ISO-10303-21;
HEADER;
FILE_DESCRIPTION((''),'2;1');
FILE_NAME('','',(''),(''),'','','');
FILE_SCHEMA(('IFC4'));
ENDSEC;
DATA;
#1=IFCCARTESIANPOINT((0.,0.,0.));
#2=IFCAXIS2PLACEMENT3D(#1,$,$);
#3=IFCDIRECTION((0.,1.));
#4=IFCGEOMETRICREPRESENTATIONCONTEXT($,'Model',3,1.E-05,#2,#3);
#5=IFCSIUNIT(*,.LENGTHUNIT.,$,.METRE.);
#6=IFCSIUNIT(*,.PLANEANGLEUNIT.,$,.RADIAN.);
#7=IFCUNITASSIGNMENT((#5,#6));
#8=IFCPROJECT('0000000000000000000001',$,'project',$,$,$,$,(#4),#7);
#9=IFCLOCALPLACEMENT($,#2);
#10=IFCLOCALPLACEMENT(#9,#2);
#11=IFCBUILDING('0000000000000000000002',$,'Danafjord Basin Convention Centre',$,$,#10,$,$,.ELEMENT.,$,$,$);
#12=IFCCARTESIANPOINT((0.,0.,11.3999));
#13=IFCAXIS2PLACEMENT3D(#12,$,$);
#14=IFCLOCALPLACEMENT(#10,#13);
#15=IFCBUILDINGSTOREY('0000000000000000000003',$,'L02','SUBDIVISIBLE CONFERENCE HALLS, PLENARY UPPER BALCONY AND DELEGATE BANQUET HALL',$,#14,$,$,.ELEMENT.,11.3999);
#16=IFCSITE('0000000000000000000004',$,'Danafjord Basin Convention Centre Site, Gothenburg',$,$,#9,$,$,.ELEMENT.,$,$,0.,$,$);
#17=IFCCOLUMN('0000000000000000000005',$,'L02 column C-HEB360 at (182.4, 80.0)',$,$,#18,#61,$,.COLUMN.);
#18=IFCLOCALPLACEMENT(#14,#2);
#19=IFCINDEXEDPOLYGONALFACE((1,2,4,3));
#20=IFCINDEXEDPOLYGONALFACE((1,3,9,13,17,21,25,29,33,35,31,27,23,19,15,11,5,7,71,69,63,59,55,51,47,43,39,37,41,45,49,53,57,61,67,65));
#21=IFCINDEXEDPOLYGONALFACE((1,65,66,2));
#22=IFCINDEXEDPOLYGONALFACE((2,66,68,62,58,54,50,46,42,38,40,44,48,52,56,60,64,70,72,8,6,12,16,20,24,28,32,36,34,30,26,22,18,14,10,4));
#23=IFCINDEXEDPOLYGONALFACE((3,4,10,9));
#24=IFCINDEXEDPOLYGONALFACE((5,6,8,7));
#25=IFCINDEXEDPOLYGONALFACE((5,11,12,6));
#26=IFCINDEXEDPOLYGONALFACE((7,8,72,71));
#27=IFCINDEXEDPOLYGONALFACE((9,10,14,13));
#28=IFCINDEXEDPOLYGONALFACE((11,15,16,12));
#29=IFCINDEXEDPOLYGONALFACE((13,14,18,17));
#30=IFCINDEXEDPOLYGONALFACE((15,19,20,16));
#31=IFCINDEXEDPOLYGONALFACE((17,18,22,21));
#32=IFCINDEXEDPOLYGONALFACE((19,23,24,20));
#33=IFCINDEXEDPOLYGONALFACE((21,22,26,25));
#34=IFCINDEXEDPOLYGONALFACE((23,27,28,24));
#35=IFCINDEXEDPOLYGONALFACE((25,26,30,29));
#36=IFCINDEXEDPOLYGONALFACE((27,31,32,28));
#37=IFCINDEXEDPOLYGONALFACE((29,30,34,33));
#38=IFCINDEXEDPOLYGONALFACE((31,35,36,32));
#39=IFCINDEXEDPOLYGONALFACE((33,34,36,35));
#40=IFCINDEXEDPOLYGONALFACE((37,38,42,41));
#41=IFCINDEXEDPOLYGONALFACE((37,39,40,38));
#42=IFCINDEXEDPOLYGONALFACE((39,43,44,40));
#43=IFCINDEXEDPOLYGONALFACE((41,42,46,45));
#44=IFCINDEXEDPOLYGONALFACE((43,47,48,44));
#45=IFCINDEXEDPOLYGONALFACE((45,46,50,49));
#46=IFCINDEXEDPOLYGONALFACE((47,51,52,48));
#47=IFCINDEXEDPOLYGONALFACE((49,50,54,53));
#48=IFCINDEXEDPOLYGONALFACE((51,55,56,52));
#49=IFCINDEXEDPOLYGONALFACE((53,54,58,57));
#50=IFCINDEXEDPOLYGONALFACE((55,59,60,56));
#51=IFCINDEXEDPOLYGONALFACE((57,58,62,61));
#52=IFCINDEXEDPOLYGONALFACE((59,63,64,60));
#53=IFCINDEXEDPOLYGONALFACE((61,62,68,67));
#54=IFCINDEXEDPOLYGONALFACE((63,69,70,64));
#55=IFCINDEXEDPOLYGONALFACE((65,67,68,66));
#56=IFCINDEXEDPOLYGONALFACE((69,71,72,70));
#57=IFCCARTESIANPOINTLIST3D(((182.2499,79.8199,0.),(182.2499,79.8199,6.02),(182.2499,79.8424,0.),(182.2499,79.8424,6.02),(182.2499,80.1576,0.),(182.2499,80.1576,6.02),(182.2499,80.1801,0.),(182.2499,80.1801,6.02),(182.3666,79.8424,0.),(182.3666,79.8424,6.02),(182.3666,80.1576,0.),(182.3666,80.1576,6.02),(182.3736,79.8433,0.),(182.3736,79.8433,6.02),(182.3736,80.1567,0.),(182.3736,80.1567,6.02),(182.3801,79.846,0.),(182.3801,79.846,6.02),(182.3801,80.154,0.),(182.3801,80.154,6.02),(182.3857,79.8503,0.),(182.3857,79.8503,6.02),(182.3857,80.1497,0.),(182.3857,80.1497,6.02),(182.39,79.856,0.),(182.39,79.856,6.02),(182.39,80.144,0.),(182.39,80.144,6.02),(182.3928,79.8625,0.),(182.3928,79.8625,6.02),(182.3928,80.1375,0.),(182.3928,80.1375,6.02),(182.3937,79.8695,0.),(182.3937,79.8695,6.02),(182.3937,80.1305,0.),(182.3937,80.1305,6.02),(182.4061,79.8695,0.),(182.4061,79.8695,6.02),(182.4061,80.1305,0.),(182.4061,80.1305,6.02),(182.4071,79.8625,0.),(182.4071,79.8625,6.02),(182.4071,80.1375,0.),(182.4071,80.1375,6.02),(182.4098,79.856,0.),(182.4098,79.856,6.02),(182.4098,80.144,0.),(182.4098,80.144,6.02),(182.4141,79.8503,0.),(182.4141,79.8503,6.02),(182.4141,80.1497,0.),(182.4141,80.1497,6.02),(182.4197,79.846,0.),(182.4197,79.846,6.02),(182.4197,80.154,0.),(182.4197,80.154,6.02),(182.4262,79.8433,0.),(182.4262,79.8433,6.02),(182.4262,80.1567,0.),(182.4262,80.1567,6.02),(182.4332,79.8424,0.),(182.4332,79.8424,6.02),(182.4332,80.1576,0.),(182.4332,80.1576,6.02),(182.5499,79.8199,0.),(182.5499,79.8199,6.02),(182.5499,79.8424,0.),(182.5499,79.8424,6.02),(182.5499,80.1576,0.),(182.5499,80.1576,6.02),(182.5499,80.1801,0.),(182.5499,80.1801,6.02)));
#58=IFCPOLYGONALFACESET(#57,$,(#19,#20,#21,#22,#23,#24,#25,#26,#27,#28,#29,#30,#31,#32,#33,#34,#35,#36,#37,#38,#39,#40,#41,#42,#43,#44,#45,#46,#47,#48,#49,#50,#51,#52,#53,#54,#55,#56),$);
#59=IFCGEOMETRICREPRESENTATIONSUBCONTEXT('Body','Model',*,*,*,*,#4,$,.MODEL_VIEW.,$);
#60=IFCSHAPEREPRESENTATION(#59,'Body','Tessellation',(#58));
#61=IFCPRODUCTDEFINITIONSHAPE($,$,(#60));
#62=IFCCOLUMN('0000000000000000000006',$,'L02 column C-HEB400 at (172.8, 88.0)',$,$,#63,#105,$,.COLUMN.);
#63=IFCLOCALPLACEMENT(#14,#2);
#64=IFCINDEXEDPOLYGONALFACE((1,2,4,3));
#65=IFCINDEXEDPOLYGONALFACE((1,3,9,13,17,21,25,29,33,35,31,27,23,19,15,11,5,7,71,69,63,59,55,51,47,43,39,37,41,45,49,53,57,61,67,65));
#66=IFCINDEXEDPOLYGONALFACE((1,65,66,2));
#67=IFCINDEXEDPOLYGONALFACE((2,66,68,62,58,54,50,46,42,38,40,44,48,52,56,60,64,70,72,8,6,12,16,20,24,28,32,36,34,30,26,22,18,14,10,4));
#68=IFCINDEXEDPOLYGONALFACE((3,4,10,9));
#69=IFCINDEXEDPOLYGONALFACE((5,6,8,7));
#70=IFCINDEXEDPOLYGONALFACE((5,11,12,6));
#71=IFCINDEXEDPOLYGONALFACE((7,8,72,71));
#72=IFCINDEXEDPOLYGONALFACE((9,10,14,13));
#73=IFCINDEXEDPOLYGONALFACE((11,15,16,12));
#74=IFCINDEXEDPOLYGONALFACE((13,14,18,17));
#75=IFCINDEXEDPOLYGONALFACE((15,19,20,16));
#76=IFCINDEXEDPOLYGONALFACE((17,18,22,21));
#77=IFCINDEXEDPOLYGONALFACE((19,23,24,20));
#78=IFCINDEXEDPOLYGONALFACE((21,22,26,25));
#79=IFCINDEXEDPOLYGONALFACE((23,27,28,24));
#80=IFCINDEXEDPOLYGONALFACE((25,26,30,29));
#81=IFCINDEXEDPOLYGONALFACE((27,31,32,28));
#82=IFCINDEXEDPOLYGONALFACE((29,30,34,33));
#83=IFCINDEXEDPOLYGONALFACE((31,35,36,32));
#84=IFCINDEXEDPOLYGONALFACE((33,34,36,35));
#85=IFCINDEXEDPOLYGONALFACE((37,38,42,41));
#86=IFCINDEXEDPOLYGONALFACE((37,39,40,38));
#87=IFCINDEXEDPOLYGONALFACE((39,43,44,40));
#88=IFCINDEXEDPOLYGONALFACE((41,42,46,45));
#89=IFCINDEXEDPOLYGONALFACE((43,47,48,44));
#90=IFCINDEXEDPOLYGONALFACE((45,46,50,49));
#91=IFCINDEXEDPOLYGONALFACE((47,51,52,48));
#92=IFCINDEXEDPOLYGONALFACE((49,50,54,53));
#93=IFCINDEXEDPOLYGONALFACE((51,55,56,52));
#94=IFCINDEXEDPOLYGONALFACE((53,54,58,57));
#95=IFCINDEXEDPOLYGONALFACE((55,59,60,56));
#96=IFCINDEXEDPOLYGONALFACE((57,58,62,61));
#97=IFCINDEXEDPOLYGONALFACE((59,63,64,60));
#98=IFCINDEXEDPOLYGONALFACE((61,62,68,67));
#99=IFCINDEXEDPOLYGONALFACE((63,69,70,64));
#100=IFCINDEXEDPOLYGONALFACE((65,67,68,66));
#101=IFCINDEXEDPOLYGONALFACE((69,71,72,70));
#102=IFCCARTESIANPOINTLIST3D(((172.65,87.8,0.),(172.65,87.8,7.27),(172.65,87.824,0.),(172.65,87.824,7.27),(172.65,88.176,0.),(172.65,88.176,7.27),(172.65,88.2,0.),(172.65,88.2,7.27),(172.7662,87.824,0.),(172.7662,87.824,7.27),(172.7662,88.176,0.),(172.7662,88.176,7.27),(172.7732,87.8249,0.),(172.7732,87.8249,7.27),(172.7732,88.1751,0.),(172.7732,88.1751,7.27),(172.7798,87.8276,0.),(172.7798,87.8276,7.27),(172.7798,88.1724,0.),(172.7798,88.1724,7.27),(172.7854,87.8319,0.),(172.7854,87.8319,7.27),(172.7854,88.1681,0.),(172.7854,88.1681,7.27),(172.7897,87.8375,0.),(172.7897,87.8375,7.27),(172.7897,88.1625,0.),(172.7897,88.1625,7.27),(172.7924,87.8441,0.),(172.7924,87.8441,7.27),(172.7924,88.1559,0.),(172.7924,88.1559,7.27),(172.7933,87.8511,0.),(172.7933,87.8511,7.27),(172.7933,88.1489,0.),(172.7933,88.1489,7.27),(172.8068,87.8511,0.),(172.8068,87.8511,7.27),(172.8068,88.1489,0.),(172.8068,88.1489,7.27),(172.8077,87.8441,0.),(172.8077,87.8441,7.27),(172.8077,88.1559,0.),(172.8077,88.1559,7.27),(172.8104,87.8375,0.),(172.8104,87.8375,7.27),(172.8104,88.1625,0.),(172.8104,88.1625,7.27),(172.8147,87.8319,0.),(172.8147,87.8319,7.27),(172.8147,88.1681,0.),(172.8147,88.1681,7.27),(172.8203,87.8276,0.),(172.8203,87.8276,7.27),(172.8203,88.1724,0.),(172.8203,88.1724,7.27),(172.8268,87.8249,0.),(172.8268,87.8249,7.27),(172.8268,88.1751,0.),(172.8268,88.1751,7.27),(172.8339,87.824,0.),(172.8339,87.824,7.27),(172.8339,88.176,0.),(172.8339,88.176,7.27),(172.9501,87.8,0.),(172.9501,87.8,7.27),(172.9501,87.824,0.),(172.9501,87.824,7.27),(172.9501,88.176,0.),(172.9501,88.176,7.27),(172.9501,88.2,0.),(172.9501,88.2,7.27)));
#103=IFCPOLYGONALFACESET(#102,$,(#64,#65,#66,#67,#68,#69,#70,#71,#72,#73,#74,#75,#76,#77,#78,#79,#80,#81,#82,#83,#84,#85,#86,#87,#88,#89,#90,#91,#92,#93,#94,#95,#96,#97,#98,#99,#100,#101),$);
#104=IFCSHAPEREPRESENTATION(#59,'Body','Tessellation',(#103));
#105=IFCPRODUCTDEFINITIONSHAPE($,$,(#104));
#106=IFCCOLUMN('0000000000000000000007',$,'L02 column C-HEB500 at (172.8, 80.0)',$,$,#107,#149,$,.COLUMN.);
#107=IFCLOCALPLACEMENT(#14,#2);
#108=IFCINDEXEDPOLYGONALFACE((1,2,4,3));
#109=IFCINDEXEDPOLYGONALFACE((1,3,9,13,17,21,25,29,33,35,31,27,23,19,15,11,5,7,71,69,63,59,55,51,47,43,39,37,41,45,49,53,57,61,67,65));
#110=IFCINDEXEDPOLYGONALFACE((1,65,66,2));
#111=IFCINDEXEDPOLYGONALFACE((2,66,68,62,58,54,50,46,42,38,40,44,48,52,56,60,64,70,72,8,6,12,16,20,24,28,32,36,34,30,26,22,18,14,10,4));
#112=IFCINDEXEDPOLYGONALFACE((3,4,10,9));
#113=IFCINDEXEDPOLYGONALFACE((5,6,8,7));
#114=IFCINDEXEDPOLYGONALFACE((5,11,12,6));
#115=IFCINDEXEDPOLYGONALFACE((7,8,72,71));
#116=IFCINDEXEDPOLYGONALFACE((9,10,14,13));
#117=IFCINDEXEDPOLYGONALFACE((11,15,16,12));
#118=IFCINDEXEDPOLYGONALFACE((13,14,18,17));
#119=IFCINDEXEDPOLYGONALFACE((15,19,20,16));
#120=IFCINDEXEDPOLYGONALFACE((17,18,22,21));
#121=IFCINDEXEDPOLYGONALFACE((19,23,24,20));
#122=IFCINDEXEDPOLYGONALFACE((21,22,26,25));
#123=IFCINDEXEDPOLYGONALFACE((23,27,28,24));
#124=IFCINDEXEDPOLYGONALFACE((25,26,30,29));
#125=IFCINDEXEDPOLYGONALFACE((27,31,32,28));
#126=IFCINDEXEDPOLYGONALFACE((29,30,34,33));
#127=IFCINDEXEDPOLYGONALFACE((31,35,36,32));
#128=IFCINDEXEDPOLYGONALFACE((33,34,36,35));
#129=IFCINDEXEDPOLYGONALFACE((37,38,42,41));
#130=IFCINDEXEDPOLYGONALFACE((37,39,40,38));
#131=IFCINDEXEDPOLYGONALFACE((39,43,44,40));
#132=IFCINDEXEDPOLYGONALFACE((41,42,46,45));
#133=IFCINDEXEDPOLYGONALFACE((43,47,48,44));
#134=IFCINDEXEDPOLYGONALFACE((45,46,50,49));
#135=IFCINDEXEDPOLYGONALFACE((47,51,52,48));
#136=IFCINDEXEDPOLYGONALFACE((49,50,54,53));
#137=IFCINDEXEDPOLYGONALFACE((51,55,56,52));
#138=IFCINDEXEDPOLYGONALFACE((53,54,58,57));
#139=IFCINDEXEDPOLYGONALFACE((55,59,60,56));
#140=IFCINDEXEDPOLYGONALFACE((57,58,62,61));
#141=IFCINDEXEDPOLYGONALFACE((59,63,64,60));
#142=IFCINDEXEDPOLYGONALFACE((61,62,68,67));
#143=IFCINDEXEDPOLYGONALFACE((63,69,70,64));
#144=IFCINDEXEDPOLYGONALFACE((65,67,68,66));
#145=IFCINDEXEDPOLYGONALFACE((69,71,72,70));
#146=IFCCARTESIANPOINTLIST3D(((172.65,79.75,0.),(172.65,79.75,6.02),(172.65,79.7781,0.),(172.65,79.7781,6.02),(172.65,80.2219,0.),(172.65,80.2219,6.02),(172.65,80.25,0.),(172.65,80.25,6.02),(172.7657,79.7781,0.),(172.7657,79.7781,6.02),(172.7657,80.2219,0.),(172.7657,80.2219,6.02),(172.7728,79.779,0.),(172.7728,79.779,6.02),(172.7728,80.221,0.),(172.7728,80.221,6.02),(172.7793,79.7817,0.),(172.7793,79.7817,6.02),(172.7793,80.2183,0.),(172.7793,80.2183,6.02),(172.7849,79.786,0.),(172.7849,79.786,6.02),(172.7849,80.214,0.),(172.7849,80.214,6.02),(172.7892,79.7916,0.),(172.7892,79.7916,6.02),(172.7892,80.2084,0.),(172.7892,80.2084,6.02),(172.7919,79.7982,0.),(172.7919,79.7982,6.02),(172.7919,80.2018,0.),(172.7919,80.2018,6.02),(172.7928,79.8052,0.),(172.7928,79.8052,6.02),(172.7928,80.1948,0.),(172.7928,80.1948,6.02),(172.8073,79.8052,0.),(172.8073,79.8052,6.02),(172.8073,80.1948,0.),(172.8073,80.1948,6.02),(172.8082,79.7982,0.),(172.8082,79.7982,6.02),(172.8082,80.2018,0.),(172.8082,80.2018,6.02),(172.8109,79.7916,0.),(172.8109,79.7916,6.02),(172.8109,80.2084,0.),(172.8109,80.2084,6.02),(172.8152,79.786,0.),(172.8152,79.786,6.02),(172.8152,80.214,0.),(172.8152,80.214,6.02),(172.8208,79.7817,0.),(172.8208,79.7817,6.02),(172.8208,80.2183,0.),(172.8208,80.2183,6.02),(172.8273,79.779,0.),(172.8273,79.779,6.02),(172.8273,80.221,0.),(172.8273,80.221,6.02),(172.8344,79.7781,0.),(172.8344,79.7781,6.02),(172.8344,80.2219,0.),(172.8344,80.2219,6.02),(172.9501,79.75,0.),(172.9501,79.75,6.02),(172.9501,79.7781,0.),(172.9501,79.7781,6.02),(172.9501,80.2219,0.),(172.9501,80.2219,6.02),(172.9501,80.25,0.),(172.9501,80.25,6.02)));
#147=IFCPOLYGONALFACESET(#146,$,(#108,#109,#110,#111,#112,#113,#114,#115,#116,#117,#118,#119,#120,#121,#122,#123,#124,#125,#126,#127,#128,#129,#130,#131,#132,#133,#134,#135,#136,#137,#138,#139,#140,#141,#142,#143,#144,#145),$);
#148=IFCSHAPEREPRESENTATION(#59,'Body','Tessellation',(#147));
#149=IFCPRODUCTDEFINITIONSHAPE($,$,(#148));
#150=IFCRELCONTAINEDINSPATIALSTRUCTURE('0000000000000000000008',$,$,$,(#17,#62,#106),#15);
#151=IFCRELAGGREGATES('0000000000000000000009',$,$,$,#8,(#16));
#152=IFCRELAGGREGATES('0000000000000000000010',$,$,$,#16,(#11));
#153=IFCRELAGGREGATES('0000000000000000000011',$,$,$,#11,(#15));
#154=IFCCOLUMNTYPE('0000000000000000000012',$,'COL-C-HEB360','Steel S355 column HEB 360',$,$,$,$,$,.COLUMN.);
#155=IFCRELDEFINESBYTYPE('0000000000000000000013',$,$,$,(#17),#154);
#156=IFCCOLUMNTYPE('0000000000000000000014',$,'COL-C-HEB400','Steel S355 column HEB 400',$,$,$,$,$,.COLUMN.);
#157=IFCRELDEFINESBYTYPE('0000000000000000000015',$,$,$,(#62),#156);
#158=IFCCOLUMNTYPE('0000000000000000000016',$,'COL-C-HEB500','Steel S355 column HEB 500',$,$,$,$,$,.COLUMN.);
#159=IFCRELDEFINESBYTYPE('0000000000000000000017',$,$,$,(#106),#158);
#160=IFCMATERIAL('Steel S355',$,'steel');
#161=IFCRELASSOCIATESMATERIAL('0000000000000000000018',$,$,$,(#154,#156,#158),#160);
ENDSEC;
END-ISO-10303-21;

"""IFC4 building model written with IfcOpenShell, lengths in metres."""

from ifc_helpers import new_model, si_unit, direction, frame, origin, origin_2d, place, context, subcontext, project, spatial, i_section, extrude, material, material_profile, profile_set, type_object, element, save


model = new_model("IFC4")

# Units and contexts
model_context = context("Model", 3, precision=1e-05, world=origin(), true_north=direction((0.0, 1.0)))
body_context = subcontext(model_context, "Body", "Model", "MODEL_VIEW")
ifc_project = project(units=[si_unit("LENGTHUNIT", "METRE"), si_unit("PLANEANGLEUNIT", "RADIAN")], contexts=[model_context])

# Site, building, storey
site_placement = place(None, origin())
site = spatial("IfcSite", under=ifc_project, at=site_placement, Name="Danafjord Basin Convention Centre Site, Gothenburg", CompositionType="ELEMENT", RefElevation=0.0)
building_placement = place(site_placement, origin())
building = spatial("IfcBuilding", under=site, at=building_placement, Name="Danafjord Basin Convention Centre", CompositionType="ELEMENT")
storey_placement = place(building_placement, frame((0.0, 0.0, 11.3999)))
storey = spatial("IfcBuildingStorey", under=building, at=storey_placement, Name="L02", Description="SUBDIVISIBLE CONFERENCE HALLS, PLENARY UPPER BALCONY AND DELEGATE BANQUET HALL", CompositionType="ELEMENT", Elevation=11.3999)

# Columns
ifc_material_1 = material(Name="Steel S355", Category="steel")
ifc_material_profile_1 = material_profile(ifc_material_1, i_section(OverallWidth=0.3, OverallDepth=0.3601, WebThickness=0.0125, FlangeThickness=0.0225, FilletRadius=0.0271, at=origin_2d()), Name="HEB 360")
ifc_profile_set_1 = profile_set([ifc_material_profile_1], Name="Steel S355")
column_type_1 = type_object("IfcColumnType", Name="COL-C-HEB360", Description="Steel S355 column HEB 360", PredefinedType="COLUMN", material=ifc_profile_set_1)
column_1_placement = place(storey_placement, frame((182.3999, 80.0, 0.0), z_axis=(0.0, 0.0, 1.0), x_axis=(1.0, 0.0, 0.0)))
element("IfcColumn", 1, at=column_1_placement, inside=storey, type_object=column_type_1, Name="L02 column C-HEB360 at (182.4, 80.0)", PredefinedType="COLUMN", context=body_context, shape_type="SweptSolid", body=[
    extrude(i_section(OverallWidth=0.3, OverallDepth=0.3601, WebThickness=0.0125, FlangeThickness=0.0225, FilletRadius=0.0271, at=origin_2d()), origin(), (0.0, 0.0, 1.0), 6.02),
])
ifc_material_profile_2 = material_profile(ifc_material_1, i_section(OverallWidth=0.3, OverallDepth=0.3999, WebThickness=0.0134, FlangeThickness=0.0239, FilletRadius=0.0271, at=origin_2d()), Name="HEB 400")
ifc_profile_set_2 = profile_set([ifc_material_profile_2], Name="Steel S355")
column_type_2 = type_object("IfcColumnType", Name="COL-C-HEB400", Description="Steel S355 column HEB 400", PredefinedType="COLUMN", material=ifc_profile_set_2)
column_2_placement = place(storey_placement, frame((172.8, 88.0, 0.0), z_axis=(0.0, 0.0, 1.0), x_axis=(1.0, 0.0, 0.0)))
element("IfcColumn", 2, at=column_2_placement, inside=storey, type_object=column_type_2, Name="L02 column C-HEB400 at (172.8, 88.0)", PredefinedType="COLUMN", context=body_context, shape_type="SweptSolid", body=[
    extrude(i_section(OverallWidth=0.3, OverallDepth=0.3999, WebThickness=0.0134, FlangeThickness=0.0239, FilletRadius=0.0271, at=origin_2d()), origin(), (0.0, 0.0, 1.0), 7.27),
])
ifc_material_profile_3 = material_profile(ifc_material_1, i_section(OverallWidth=0.3, OverallDepth=0.5, WebThickness=0.0144, FlangeThickness=0.0281, FilletRadius=0.0271, at=origin_2d()), Name="HEB 500")
ifc_profile_set_3 = profile_set([ifc_material_profile_3], Name="Steel S355")
column_type_3 = type_object("IfcColumnType", Name="COL-C-HEB500", Description="Steel S355 column HEB 500", PredefinedType="COLUMN", material=ifc_profile_set_3)
column_3_placement = place(storey_placement, frame((172.8, 80.0, 0.0), z_axis=(0.0, 0.0, 1.0), x_axis=(1.0, 0.0, 0.0)))
element("IfcColumn", 3, at=column_3_placement, inside=storey, type_object=column_type_3, Name="L02 column C-HEB500 at (172.8, 80.0)", PredefinedType="COLUMN", context=body_context, shape_type="SweptSolid", body=[
    extrude(i_section(OverallWidth=0.3, OverallDepth=0.5, WebThickness=0.0144, FlangeThickness=0.0281, FilletRadius=0.0271, at=origin_2d()), origin(), (0.0, 0.0, 1.0), 6.02),
])

save(model, "model.ifc")
